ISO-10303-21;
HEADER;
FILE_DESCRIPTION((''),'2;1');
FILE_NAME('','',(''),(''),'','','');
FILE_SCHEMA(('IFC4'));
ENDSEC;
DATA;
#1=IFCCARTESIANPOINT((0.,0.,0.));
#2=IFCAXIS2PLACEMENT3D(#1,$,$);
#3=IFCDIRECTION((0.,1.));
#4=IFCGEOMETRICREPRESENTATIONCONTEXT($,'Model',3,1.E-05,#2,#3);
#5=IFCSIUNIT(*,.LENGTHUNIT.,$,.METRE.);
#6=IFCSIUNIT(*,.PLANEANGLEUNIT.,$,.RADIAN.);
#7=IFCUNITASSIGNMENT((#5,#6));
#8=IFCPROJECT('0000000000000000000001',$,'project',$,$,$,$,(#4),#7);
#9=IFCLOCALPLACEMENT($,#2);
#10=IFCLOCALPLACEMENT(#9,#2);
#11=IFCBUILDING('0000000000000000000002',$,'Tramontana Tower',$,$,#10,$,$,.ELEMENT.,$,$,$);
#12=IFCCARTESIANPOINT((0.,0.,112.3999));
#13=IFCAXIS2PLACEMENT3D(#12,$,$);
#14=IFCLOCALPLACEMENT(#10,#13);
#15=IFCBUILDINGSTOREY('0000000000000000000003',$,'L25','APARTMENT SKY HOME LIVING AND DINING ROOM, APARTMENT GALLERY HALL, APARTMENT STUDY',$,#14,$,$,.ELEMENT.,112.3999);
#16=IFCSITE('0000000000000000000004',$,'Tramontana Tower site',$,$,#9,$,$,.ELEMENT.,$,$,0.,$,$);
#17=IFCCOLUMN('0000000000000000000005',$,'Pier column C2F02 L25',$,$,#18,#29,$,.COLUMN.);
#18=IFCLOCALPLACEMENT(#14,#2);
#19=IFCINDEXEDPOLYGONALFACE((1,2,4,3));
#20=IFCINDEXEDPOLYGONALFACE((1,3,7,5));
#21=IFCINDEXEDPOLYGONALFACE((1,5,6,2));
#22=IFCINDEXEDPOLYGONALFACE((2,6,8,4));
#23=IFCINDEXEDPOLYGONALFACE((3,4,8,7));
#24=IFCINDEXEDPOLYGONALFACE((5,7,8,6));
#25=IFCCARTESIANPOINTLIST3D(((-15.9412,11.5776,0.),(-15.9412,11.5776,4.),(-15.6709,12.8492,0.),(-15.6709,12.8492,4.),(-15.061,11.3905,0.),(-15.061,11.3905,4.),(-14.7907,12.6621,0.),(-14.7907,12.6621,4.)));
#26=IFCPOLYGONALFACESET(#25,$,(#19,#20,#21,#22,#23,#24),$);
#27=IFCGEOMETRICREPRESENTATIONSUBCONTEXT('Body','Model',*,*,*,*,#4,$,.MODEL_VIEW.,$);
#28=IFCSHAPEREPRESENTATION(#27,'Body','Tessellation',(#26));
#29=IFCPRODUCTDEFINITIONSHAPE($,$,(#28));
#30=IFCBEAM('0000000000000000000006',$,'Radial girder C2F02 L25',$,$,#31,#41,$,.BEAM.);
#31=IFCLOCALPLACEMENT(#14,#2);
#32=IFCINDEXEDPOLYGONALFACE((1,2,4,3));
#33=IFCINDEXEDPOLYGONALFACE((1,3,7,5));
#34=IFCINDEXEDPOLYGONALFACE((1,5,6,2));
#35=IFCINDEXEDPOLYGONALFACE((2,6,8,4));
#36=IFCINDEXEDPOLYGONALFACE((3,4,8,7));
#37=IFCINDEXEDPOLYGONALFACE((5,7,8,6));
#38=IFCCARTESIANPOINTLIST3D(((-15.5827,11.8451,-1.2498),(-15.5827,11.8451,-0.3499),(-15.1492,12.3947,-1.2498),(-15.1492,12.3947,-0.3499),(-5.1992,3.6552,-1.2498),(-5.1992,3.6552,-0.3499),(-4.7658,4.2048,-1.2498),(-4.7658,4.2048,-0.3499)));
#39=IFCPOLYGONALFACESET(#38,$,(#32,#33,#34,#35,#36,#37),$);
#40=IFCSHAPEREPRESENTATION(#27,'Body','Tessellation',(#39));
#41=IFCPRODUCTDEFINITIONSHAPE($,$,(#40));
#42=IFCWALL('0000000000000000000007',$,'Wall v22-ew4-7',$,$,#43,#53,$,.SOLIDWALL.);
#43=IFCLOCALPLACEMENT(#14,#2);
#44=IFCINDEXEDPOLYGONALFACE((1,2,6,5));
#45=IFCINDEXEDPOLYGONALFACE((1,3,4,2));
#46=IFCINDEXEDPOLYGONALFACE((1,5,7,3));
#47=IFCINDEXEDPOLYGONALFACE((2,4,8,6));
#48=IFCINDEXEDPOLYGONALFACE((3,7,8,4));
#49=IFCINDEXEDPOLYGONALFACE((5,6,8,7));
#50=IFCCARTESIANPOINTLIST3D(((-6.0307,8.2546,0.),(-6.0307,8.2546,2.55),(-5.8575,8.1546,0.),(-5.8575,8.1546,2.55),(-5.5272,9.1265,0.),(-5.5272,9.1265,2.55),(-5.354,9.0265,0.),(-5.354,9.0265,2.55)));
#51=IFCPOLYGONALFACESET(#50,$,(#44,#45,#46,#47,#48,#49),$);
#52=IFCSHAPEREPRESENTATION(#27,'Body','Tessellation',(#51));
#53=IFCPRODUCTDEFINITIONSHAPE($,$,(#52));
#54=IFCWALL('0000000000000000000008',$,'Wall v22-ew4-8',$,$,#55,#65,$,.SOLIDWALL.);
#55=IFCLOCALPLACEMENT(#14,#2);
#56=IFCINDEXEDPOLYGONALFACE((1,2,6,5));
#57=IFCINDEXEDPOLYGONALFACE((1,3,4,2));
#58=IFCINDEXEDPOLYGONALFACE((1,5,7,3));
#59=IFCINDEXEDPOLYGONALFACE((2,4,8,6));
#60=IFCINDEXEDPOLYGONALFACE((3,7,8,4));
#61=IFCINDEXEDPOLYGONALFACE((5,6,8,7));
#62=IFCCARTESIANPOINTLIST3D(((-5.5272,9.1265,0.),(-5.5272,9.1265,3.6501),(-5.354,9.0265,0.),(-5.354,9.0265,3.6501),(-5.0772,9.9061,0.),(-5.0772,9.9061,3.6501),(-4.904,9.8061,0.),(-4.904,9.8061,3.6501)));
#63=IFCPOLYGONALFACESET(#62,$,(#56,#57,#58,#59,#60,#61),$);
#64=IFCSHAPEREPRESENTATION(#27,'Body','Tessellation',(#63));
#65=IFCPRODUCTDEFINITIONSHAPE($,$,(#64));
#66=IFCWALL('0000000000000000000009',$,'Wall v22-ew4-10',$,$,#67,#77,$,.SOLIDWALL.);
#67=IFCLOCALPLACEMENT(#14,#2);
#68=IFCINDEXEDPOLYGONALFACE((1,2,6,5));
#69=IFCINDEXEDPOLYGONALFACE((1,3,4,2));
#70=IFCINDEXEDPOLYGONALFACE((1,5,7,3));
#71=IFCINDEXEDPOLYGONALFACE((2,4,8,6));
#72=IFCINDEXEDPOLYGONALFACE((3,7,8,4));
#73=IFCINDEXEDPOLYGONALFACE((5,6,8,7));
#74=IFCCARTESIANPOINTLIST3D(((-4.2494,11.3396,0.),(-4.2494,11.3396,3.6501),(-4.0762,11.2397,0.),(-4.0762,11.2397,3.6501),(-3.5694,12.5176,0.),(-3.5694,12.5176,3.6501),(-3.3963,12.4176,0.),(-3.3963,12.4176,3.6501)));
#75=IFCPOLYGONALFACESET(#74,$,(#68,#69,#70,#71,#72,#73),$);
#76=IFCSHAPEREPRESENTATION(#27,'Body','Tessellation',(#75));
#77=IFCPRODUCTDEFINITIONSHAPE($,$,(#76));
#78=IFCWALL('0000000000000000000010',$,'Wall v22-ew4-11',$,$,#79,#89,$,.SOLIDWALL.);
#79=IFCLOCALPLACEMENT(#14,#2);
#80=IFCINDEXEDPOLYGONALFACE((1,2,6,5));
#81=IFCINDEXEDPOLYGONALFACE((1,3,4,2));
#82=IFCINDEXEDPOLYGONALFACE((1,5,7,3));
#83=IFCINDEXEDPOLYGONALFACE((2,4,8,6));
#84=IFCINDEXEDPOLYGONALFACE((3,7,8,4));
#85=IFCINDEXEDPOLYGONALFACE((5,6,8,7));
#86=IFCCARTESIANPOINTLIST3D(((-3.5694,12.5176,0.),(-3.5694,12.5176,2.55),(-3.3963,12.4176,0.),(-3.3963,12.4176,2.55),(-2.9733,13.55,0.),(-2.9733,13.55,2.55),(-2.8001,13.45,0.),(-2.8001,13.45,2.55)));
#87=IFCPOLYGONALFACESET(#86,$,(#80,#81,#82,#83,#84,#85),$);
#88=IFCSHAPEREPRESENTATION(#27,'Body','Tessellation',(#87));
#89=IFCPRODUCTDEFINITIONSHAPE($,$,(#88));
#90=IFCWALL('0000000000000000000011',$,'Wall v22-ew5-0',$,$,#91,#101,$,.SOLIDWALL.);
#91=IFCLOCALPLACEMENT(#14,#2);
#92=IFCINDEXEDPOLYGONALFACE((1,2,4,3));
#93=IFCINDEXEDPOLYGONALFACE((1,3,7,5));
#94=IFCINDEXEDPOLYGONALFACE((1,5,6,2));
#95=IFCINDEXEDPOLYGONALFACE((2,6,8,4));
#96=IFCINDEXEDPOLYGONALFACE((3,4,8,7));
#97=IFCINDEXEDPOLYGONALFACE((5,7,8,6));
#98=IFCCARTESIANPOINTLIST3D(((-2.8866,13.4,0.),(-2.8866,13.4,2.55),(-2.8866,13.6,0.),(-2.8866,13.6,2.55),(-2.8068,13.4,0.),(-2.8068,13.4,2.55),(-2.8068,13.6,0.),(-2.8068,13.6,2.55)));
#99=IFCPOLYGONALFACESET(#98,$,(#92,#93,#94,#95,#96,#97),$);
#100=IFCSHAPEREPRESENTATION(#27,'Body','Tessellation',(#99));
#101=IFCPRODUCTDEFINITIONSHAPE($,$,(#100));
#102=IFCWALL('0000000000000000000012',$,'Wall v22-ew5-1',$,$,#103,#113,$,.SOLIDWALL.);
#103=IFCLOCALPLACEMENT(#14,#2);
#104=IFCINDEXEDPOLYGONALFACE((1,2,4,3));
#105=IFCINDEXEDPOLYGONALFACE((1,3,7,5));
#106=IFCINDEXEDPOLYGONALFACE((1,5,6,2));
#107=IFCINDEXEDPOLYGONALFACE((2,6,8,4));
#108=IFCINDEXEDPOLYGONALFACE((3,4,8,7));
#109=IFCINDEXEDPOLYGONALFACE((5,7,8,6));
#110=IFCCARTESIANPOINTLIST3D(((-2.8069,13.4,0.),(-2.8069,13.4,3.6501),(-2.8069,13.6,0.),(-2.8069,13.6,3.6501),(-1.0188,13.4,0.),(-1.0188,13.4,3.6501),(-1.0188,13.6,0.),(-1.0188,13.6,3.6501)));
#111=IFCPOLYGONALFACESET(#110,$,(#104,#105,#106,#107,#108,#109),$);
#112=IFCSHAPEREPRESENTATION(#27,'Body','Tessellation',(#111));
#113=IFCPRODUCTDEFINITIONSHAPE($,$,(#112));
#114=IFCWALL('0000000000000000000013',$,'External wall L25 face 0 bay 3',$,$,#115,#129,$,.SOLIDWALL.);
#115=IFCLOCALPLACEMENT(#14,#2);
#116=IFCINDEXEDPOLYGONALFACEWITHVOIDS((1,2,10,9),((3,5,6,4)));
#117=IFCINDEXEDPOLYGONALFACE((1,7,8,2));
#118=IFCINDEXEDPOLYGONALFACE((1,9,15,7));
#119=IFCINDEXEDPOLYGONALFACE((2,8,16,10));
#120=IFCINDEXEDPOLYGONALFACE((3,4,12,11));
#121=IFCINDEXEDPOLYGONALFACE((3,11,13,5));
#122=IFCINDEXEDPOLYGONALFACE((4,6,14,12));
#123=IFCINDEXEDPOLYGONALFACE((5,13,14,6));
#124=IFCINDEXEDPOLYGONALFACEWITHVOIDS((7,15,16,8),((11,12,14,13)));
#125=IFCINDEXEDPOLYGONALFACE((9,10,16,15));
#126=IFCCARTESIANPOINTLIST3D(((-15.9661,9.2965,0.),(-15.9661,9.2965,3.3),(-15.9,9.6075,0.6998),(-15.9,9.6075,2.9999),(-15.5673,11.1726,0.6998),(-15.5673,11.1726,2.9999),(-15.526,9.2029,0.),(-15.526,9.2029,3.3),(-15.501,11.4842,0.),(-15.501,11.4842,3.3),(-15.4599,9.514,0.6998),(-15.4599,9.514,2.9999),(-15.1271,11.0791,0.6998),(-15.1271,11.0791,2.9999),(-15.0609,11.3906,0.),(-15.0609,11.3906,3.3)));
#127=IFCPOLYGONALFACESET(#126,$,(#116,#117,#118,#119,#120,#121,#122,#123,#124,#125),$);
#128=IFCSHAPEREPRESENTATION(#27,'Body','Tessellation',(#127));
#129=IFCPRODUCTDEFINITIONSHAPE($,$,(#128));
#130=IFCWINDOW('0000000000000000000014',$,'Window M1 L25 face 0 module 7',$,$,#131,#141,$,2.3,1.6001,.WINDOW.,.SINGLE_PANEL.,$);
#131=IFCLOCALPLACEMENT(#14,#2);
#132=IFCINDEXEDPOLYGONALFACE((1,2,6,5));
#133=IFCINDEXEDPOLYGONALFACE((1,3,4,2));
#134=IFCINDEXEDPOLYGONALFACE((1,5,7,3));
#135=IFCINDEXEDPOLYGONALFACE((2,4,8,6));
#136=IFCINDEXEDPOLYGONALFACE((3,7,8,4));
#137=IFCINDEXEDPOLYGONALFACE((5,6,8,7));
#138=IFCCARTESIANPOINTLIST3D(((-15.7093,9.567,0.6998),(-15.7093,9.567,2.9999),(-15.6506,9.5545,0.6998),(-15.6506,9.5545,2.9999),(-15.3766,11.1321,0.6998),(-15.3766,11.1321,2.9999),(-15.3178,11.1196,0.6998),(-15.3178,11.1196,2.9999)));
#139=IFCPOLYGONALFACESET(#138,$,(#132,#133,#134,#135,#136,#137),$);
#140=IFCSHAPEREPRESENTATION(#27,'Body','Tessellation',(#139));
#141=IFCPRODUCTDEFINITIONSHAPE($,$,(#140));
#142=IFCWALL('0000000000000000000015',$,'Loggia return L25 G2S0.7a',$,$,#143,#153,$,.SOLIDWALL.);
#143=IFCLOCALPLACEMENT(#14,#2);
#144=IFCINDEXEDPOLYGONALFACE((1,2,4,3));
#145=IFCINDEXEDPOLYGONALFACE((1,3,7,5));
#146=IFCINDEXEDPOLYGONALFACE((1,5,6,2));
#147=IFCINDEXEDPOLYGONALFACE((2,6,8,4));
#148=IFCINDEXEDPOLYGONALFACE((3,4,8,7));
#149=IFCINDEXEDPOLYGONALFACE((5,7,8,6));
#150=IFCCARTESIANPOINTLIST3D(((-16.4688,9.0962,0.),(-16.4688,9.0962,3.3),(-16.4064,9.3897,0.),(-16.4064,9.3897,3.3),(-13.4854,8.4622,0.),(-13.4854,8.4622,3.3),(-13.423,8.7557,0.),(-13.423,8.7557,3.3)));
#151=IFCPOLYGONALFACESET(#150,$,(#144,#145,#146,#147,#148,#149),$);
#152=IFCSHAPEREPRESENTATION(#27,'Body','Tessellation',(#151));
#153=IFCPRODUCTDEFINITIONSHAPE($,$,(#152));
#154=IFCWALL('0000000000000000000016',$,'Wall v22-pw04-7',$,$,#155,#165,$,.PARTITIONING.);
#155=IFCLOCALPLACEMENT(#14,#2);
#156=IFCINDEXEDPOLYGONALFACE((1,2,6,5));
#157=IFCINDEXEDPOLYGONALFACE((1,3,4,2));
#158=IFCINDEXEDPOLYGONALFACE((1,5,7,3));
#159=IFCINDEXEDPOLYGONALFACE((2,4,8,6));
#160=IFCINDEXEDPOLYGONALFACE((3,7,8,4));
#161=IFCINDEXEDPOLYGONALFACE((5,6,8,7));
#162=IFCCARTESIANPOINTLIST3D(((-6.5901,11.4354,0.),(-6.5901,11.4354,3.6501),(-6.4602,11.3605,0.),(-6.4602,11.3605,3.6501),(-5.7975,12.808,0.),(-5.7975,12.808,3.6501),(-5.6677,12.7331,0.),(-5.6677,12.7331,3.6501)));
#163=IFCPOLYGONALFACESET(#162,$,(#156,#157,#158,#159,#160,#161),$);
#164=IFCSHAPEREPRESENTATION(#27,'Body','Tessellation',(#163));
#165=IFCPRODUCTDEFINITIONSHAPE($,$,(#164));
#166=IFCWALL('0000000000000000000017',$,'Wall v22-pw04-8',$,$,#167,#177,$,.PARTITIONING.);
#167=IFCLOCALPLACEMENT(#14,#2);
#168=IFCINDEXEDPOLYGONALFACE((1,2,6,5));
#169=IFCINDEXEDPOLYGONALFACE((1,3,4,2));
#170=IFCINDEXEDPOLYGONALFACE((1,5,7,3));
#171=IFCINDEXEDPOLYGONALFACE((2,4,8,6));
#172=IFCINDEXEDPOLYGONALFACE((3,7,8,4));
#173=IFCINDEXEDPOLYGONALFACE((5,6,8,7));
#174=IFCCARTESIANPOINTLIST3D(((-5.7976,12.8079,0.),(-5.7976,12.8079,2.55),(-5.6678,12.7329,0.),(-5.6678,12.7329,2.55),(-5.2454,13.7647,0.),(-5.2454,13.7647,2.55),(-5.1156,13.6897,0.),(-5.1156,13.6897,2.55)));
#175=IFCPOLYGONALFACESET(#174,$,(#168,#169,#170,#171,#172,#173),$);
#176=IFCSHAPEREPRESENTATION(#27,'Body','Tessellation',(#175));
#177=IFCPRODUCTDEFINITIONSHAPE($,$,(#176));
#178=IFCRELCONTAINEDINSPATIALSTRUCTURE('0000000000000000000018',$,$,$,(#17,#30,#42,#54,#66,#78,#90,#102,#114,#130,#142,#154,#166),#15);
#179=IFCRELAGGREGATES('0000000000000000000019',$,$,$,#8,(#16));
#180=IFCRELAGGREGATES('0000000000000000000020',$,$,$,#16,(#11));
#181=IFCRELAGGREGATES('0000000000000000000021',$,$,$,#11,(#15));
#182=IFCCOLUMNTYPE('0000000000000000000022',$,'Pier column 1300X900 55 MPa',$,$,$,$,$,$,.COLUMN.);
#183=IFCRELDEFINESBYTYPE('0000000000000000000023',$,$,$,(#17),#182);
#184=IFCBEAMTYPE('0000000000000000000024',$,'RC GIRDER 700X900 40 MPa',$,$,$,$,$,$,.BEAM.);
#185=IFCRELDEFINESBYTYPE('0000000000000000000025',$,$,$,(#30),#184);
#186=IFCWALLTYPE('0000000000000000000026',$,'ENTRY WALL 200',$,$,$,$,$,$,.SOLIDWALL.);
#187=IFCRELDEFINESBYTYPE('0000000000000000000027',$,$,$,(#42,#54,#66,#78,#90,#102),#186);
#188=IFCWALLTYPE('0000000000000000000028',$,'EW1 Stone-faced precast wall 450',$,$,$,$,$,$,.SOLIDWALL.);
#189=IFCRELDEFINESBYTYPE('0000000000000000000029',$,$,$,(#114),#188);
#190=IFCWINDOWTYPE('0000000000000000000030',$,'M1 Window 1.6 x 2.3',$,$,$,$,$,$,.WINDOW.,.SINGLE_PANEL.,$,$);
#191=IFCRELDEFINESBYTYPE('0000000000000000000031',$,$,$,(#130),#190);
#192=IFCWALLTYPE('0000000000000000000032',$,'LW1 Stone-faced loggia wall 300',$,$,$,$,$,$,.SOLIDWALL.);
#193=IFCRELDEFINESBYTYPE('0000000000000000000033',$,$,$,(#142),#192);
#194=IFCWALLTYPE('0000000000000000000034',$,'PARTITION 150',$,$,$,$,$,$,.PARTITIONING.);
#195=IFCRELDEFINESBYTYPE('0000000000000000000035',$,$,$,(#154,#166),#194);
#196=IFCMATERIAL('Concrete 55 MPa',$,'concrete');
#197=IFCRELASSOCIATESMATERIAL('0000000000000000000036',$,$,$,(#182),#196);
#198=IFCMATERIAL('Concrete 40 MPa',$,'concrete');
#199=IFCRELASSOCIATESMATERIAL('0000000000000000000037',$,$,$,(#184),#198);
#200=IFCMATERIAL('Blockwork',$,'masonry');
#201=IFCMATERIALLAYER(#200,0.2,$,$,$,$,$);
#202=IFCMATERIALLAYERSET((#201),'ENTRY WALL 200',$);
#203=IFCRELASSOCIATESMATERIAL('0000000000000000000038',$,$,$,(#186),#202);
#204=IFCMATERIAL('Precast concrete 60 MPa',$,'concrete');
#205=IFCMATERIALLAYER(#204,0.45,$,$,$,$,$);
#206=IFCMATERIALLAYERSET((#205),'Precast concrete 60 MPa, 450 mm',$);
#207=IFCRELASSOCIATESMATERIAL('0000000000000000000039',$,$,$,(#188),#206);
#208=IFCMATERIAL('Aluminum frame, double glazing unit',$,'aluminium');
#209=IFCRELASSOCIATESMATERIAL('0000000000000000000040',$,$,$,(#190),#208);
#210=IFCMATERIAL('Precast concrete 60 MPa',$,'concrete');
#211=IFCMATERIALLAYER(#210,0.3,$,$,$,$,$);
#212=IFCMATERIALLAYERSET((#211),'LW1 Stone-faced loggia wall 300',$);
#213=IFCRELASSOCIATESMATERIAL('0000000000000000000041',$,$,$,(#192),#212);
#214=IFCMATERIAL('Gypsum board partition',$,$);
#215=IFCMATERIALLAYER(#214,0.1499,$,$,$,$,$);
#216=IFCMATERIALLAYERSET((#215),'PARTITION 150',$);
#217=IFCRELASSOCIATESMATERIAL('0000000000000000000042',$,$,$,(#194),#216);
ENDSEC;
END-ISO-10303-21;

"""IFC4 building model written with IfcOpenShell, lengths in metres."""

from ifc_helpers import new_model, si_unit, direction, frame, frame_2d, origin, origin_2d, place, context, subcontext, project, spatial, rectangle, extrude, material, layer, layer_set, material_profile, profile_set, type_object, element, fill, save


model = new_model("IFC4")

# Units and contexts
model_context = context("Model", 3, precision=1e-05, world=origin(), true_north=direction((0.0, 1.0)))
body_context = subcontext(model_context, "Body", "Model", "MODEL_VIEW")
ifc_project = project(units=[si_unit("LENGTHUNIT", "METRE"), si_unit("PLANEANGLEUNIT", "RADIAN")], contexts=[model_context])

# Site, building, storey
site_placement = place(None, origin())
site = spatial("IfcSite", under=ifc_project, at=site_placement, Name="Tramontana Tower site", CompositionType="ELEMENT", RefElevation=0.0)
building_placement = place(site_placement, origin())
building = spatial("IfcBuilding", under=site, at=building_placement, Name="Tramontana Tower", CompositionType="ELEMENT")
storey_placement = place(building_placement, frame((0.0, 0.0, 112.3999)))
storey = spatial("IfcBuildingStorey", under=building, at=storey_placement, Name="L25", Description="APARTMENT SKY HOME LIVING AND DINING ROOM, APARTMENT GALLERY HALL, APARTMENT STUDY", CompositionType="ELEMENT", Elevation=112.3999)

# Column
ifc_material_1 = material(Name="Concrete 55 MPa", Category="concrete")
ifc_material_profile_1 = material_profile(ifc_material_1, rectangle(XDim=1.3, YDim=0.8999, at=origin_2d()), Name="Pier column 1300X900 55 MPa")
ifc_profile_set_1 = profile_set([ifc_material_profile_1], Name="Concrete 55 MPa")
column_type = type_object("IfcColumnType", Name="Pier column 1300X900 55 MPa", PredefinedType="COLUMN", material=ifc_profile_set_1)
column_placement = place(storey_placement, frame((-15.366, 12.1199, 0.0), z_axis=(0.0, 0.0, 1.0), x_axis=(-0.207912, -0.978148, 0.0)))
element("IfcColumn", 1, at=column_placement, inside=storey, type_object=column_type, Name="Pier column C2F02 L25", PredefinedType="COLUMN", context=body_context, shape_type="SweptSolid", body=[
    extrude(rectangle(XDim=1.3, YDim=0.8999, at=origin_2d()), origin(), (0.0, 0.0, 1.0), 4.0),
])

# Beam
ifc_material_2 = material(Name="Concrete 40 MPa", Category="concrete")
ifc_material_profile_2 = material_profile(ifc_material_2, rectangle(XDim=0.7, YDim=0.8999, at=origin_2d()), Name="RC GIRDER 700X900 40 MPa")
ifc_profile_set_2 = profile_set([ifc_material_profile_2], Name="Concrete 40 MPa")
beam_type = type_object("IfcBeamType", Name="RC GIRDER 700X900 40 MPa", PredefinedType="BEAM", material=ifc_profile_set_2)
beam_placement = place(storey_placement, frame((-15.366, 12.1199, -0.7998), z_axis=(0.785162, -0.61929, 0.0), x_axis=(0.61929, 0.785162, 0.0)))
element("IfcBeam", 2, at=beam_placement, inside=storey, type_object=beam_type, Name="Radial girder C2F02 L25", PredefinedType="BEAM", context=body_context, shape_type="SweptSolid", body=[
    extrude(rectangle(XDim=0.7, YDim=0.8999, at=origin_2d()), origin(), (0.0, 0.0, 1.0), 13.2246),
])

# Walls
ifc_material_3 = material(Name="Blockwork", Category="masonry")
ifc_layer_1 = layer(ifc_material_3, 0.2)
ifc_layer_set_1 = layer_set([ifc_layer_1], Name="ENTRY WALL 200")
wall_type_1 = type_object("IfcWallType", Name="ENTRY WALL 200", PredefinedType="SOLIDWALL", material=ifc_layer_set_1)
wall_1_placement = place(storey_placement, frame((-5.9441, 8.2046, 0.0), z_axis=(0.0, 0.0, 1.0), x_axis=(0.500051, 0.865996, 0.0)))
element("IfcWall", 3, at=wall_1_placement, inside=storey, type_object=wall_type_1, Name="Wall v22-ew4-7", PredefinedType="SOLIDWALL", context=body_context, shape_type="SweptSolid", body=[
    extrude(rectangle(XDim=1.0068, YDim=0.2, at=frame_2d((0.5034, 0.0))), origin(), (0.0, 0.0, 1.0), 2.55),
])
wall_2_placement = place(storey_placement, frame((-5.4407, 9.0764, 0.0), z_axis=(0.0, 0.0, 1.0), x_axis=(0.499902, 0.866082, 0.0)))
element("IfcWall", 4, at=wall_2_placement, inside=storey, type_object=wall_type_1, Name="Wall v22-ew4-8", PredefinedType="SOLIDWALL", context=body_context, shape_type="SweptSolid", body=[
    extrude(rectangle(XDim=0.9001, YDim=0.2, at=frame_2d((0.4502, 0.0))), origin(), (0.0, 0.0, 1.0), 3.6501),
])

# Walls
wall_3_placement = place(storey_placement, frame((-4.1628, 11.2896, 0.0), z_axis=(0.0, 0.0, 1.0), x_axis=(0.499904, 0.866081, 0.0)))
element("IfcWall", 5, at=wall_3_placement, inside=storey, type_object=wall_type_1, Name="Wall v22-ew4-10", PredefinedType="SOLIDWALL", context=body_context, shape_type="SweptSolid", body=[
    extrude(rectangle(XDim=1.3601, YDim=0.2, at=frame_2d((0.6802, 0.0))), origin(), (0.0, 0.0, 1.0), 3.6501),
])
wall_4_placement = place(storey_placement, frame((-3.4829, 12.4675, 0.0), z_axis=(0.0, 0.0, 1.0), x_axis=(0.500059, 0.865991, 0.0)))
element("IfcWall", 6, at=wall_4_placement, inside=storey, type_object=wall_type_1, Name="Wall v22-ew4-11", PredefinedType="SOLIDWALL", context=body_context, shape_type="SweptSolid", body=[
    extrude(rectangle(XDim=1.1921, YDim=0.2, at=frame_2d((0.5962, 0.0))), origin(), (0.0, 0.0, 1.0), 2.55),
])
wall_5_placement = place(storey_placement, frame((-2.8867, 13.5, 0.0), z_axis=(0.0, 0.0, 1.0), x_axis=(1.0, 0.0, 0.0)))
element("IfcWall", 7, at=wall_5_placement, inside=storey, type_object=wall_type_1, Name="Wall v22-ew5-0", PredefinedType="SOLIDWALL", context=body_context, shape_type="SweptSolid", body=[
    extrude(rectangle(XDim=0.0798, YDim=0.2, at=frame_2d((0.04, 0.0))), origin(), (0.0, 0.0, 1.0), 2.55),
])
wall_6_placement = place(storey_placement, frame((-2.8069, 13.5, 0.0), z_axis=(0.0, 0.0, 1.0), x_axis=(1.0, 0.0, 0.0)))
element("IfcWall", 8, at=wall_6_placement, inside=storey, type_object=wall_type_1, Name="Wall v22-ew5-1", PredefinedType="SOLIDWALL", context=body_context, shape_type="SweptSolid", body=[
    extrude(rectangle(XDim=1.7881, YDim=0.2, at=frame_2d((0.894, 0.0))), origin(), (0.0, 0.0, 1.0), 3.6501),
])

# Wall, opening, window
ifc_material_4 = material(Name="Precast concrete 60 MPa", Category="concrete")
ifc_layer_2 = layer(ifc_material_4, 0.45)
ifc_layer_set_2 = layer_set([ifc_layer_2], Name="Precast concrete 60 MPa, 450 mm")
wall_type_2 = type_object("IfcWallType", Name="EW1 Stone-faced precast wall 450", PredefinedType="SOLIDWALL", material=ifc_layer_set_2)
wall_7_placement = place(storey_placement, frame((-15.281, 11.4373, 0.0), z_axis=(0.0, 0.0, 1.0), x_axis=(-0.207941, -0.978141, 0.0)))
wall_7 = element("IfcWall", 9, at=wall_7_placement, inside=storey, type_object=wall_type_2, Name="External wall L25 face 0 bay 3", PredefinedType="SOLIDWALL", context=body_context, shape_type="SweptSolid", body=[
    extrude(rectangle(XDim=2.2366, YDim=0.45, at=frame_2d((1.1182, 0.0))), origin(), (0.0, 0.0, 1.0), 3.3),
])
opening_1_placement = place(wall_7_placement, frame((0.3184, 0.0, 0.7)))
opening_1 = element("IfcOpeningElement", 10, at=opening_1_placement, cuts=wall_7, PredefinedType="OPENING", context=body_context, shape_type="SweptSolid", body=[
    extrude(rectangle(XDim=1.6001, YDim=2.3, at=frame_2d((0.8, 1.1499))), frame((0.0, 0.2349, 0.0), z_axis=(0.0, -1.0, 0.0), x_axis=(1.0, 0.0, 0.0)), (0.0, 0.0, 1.0), 0.47),
])
ifc_material_5 = material(Name="Aluminum frame, double glazing unit", Category="aluminium")
window_type = type_object("IfcWindowType", Name="M1 Window 1.6 x 2.3", PartitioningType="SINGLE_PANEL", PredefinedType="WINDOW", material=ifc_material_5)
window_placement = place(opening_1_placement, origin())
window = element("IfcWindow", 11, at=window_placement, inside=storey, type_object=window_type, Name="Window M1 L25 face 0 module 7", OverallHeight=2.3, OverallWidth=1.6001, PartitioningType="SINGLE_PANEL", PredefinedType="WINDOW", context=body_context, shape_type="SweptSolid", body=[
    extrude(rectangle(XDim=1.6001, YDim=2.3, at=frame_2d((0.8, 1.1499))), frame((0.0, 0.03, 0.0), z_axis=(0.0, -1.0, 0.0), x_axis=(1.0, 0.0, 0.0)), (0.0, 0.0, 1.0), 0.0601),
])
fill(opening_1, window)

# Shared definitions
ifc_material_6 = material(Name="Precast concrete 60 MPa", Category="concrete")
ifc_layer_3 = layer(ifc_material_6, 0.3)
ifc_layer_set_3 = layer_set([ifc_layer_3], Name="LW1 Stone-faced loggia wall 300")
wall_type_3 = type_object("IfcWallType", Name="LW1 Stone-faced loggia wall 300", PredefinedType="SOLIDWALL", material=ifc_layer_set_3)

# Wall
wall_8_placement = place(storey_placement, frame((-16.4375, 9.2429, 0.0), z_axis=(0.0, 0.0, 1.0), x_axis=(0.978155, -0.207878, 0.0)))
element("IfcWall", 12, at=wall_8_placement, inside=storey, type_object=wall_type_3, Name="Loggia return L25 G2S0.7a", PredefinedType="SOLIDWALL", context=body_context, shape_type="SweptSolid", body=[
    extrude(rectangle(XDim=3.05, YDim=0.3, at=frame_2d((1.5249, 0.0))), origin(), (0.0, 0.0, 1.0), 3.3),
])

# Shared definitions
ifc_material_7 = material(Name="Gypsum board partition")
ifc_layer_4 = layer(ifc_material_7, 0.1499)
ifc_layer_set_4 = layer_set([ifc_layer_4], Name="PARTITION 150")
wall_type_4 = type_object("IfcWallType", Name="PARTITION 150", PredefinedType="PARTITIONING", material=ifc_layer_set_4)

# Walls
wall_9_placement = place(storey_placement, frame((-6.5251, 11.3979, 0.0), z_axis=(0.0, 0.0, 1.0), x_axis=(0.500016, 0.866016, 0.0)))
element("IfcWall", 13, at=wall_9_placement, inside=storey, type_object=wall_type_4, Name="Wall v22-pw04-7", PredefinedType="PARTITIONING", context=body_context, shape_type="SweptSolid", body=[
    extrude(rectangle(XDim=1.585, YDim=0.1499, at=frame_2d((0.7925, 0.0))), origin(), (0.0, 0.0, 1.0), 3.6501),
])
wall_10_placement = place(storey_placement, frame((-5.7327, 12.7705, 0.0), z_axis=(0.0, 0.0, 1.0), x_axis=(0.499895, 0.866086, 0.0)))
element("IfcWall", 14, at=wall_10_placement, inside=storey, type_object=wall_type_4, Name="Wall v22-pw04-8", PredefinedType="PARTITIONING", context=body_context, shape_type="SweptSolid", body=[
    extrude(rectangle(XDim=1.1047, YDim=0.1499, at=frame_2d((0.5522, 0.0))), origin(), (0.0, 0.0, 1.0), 2.55),
])

save(model, "model.ifc")
